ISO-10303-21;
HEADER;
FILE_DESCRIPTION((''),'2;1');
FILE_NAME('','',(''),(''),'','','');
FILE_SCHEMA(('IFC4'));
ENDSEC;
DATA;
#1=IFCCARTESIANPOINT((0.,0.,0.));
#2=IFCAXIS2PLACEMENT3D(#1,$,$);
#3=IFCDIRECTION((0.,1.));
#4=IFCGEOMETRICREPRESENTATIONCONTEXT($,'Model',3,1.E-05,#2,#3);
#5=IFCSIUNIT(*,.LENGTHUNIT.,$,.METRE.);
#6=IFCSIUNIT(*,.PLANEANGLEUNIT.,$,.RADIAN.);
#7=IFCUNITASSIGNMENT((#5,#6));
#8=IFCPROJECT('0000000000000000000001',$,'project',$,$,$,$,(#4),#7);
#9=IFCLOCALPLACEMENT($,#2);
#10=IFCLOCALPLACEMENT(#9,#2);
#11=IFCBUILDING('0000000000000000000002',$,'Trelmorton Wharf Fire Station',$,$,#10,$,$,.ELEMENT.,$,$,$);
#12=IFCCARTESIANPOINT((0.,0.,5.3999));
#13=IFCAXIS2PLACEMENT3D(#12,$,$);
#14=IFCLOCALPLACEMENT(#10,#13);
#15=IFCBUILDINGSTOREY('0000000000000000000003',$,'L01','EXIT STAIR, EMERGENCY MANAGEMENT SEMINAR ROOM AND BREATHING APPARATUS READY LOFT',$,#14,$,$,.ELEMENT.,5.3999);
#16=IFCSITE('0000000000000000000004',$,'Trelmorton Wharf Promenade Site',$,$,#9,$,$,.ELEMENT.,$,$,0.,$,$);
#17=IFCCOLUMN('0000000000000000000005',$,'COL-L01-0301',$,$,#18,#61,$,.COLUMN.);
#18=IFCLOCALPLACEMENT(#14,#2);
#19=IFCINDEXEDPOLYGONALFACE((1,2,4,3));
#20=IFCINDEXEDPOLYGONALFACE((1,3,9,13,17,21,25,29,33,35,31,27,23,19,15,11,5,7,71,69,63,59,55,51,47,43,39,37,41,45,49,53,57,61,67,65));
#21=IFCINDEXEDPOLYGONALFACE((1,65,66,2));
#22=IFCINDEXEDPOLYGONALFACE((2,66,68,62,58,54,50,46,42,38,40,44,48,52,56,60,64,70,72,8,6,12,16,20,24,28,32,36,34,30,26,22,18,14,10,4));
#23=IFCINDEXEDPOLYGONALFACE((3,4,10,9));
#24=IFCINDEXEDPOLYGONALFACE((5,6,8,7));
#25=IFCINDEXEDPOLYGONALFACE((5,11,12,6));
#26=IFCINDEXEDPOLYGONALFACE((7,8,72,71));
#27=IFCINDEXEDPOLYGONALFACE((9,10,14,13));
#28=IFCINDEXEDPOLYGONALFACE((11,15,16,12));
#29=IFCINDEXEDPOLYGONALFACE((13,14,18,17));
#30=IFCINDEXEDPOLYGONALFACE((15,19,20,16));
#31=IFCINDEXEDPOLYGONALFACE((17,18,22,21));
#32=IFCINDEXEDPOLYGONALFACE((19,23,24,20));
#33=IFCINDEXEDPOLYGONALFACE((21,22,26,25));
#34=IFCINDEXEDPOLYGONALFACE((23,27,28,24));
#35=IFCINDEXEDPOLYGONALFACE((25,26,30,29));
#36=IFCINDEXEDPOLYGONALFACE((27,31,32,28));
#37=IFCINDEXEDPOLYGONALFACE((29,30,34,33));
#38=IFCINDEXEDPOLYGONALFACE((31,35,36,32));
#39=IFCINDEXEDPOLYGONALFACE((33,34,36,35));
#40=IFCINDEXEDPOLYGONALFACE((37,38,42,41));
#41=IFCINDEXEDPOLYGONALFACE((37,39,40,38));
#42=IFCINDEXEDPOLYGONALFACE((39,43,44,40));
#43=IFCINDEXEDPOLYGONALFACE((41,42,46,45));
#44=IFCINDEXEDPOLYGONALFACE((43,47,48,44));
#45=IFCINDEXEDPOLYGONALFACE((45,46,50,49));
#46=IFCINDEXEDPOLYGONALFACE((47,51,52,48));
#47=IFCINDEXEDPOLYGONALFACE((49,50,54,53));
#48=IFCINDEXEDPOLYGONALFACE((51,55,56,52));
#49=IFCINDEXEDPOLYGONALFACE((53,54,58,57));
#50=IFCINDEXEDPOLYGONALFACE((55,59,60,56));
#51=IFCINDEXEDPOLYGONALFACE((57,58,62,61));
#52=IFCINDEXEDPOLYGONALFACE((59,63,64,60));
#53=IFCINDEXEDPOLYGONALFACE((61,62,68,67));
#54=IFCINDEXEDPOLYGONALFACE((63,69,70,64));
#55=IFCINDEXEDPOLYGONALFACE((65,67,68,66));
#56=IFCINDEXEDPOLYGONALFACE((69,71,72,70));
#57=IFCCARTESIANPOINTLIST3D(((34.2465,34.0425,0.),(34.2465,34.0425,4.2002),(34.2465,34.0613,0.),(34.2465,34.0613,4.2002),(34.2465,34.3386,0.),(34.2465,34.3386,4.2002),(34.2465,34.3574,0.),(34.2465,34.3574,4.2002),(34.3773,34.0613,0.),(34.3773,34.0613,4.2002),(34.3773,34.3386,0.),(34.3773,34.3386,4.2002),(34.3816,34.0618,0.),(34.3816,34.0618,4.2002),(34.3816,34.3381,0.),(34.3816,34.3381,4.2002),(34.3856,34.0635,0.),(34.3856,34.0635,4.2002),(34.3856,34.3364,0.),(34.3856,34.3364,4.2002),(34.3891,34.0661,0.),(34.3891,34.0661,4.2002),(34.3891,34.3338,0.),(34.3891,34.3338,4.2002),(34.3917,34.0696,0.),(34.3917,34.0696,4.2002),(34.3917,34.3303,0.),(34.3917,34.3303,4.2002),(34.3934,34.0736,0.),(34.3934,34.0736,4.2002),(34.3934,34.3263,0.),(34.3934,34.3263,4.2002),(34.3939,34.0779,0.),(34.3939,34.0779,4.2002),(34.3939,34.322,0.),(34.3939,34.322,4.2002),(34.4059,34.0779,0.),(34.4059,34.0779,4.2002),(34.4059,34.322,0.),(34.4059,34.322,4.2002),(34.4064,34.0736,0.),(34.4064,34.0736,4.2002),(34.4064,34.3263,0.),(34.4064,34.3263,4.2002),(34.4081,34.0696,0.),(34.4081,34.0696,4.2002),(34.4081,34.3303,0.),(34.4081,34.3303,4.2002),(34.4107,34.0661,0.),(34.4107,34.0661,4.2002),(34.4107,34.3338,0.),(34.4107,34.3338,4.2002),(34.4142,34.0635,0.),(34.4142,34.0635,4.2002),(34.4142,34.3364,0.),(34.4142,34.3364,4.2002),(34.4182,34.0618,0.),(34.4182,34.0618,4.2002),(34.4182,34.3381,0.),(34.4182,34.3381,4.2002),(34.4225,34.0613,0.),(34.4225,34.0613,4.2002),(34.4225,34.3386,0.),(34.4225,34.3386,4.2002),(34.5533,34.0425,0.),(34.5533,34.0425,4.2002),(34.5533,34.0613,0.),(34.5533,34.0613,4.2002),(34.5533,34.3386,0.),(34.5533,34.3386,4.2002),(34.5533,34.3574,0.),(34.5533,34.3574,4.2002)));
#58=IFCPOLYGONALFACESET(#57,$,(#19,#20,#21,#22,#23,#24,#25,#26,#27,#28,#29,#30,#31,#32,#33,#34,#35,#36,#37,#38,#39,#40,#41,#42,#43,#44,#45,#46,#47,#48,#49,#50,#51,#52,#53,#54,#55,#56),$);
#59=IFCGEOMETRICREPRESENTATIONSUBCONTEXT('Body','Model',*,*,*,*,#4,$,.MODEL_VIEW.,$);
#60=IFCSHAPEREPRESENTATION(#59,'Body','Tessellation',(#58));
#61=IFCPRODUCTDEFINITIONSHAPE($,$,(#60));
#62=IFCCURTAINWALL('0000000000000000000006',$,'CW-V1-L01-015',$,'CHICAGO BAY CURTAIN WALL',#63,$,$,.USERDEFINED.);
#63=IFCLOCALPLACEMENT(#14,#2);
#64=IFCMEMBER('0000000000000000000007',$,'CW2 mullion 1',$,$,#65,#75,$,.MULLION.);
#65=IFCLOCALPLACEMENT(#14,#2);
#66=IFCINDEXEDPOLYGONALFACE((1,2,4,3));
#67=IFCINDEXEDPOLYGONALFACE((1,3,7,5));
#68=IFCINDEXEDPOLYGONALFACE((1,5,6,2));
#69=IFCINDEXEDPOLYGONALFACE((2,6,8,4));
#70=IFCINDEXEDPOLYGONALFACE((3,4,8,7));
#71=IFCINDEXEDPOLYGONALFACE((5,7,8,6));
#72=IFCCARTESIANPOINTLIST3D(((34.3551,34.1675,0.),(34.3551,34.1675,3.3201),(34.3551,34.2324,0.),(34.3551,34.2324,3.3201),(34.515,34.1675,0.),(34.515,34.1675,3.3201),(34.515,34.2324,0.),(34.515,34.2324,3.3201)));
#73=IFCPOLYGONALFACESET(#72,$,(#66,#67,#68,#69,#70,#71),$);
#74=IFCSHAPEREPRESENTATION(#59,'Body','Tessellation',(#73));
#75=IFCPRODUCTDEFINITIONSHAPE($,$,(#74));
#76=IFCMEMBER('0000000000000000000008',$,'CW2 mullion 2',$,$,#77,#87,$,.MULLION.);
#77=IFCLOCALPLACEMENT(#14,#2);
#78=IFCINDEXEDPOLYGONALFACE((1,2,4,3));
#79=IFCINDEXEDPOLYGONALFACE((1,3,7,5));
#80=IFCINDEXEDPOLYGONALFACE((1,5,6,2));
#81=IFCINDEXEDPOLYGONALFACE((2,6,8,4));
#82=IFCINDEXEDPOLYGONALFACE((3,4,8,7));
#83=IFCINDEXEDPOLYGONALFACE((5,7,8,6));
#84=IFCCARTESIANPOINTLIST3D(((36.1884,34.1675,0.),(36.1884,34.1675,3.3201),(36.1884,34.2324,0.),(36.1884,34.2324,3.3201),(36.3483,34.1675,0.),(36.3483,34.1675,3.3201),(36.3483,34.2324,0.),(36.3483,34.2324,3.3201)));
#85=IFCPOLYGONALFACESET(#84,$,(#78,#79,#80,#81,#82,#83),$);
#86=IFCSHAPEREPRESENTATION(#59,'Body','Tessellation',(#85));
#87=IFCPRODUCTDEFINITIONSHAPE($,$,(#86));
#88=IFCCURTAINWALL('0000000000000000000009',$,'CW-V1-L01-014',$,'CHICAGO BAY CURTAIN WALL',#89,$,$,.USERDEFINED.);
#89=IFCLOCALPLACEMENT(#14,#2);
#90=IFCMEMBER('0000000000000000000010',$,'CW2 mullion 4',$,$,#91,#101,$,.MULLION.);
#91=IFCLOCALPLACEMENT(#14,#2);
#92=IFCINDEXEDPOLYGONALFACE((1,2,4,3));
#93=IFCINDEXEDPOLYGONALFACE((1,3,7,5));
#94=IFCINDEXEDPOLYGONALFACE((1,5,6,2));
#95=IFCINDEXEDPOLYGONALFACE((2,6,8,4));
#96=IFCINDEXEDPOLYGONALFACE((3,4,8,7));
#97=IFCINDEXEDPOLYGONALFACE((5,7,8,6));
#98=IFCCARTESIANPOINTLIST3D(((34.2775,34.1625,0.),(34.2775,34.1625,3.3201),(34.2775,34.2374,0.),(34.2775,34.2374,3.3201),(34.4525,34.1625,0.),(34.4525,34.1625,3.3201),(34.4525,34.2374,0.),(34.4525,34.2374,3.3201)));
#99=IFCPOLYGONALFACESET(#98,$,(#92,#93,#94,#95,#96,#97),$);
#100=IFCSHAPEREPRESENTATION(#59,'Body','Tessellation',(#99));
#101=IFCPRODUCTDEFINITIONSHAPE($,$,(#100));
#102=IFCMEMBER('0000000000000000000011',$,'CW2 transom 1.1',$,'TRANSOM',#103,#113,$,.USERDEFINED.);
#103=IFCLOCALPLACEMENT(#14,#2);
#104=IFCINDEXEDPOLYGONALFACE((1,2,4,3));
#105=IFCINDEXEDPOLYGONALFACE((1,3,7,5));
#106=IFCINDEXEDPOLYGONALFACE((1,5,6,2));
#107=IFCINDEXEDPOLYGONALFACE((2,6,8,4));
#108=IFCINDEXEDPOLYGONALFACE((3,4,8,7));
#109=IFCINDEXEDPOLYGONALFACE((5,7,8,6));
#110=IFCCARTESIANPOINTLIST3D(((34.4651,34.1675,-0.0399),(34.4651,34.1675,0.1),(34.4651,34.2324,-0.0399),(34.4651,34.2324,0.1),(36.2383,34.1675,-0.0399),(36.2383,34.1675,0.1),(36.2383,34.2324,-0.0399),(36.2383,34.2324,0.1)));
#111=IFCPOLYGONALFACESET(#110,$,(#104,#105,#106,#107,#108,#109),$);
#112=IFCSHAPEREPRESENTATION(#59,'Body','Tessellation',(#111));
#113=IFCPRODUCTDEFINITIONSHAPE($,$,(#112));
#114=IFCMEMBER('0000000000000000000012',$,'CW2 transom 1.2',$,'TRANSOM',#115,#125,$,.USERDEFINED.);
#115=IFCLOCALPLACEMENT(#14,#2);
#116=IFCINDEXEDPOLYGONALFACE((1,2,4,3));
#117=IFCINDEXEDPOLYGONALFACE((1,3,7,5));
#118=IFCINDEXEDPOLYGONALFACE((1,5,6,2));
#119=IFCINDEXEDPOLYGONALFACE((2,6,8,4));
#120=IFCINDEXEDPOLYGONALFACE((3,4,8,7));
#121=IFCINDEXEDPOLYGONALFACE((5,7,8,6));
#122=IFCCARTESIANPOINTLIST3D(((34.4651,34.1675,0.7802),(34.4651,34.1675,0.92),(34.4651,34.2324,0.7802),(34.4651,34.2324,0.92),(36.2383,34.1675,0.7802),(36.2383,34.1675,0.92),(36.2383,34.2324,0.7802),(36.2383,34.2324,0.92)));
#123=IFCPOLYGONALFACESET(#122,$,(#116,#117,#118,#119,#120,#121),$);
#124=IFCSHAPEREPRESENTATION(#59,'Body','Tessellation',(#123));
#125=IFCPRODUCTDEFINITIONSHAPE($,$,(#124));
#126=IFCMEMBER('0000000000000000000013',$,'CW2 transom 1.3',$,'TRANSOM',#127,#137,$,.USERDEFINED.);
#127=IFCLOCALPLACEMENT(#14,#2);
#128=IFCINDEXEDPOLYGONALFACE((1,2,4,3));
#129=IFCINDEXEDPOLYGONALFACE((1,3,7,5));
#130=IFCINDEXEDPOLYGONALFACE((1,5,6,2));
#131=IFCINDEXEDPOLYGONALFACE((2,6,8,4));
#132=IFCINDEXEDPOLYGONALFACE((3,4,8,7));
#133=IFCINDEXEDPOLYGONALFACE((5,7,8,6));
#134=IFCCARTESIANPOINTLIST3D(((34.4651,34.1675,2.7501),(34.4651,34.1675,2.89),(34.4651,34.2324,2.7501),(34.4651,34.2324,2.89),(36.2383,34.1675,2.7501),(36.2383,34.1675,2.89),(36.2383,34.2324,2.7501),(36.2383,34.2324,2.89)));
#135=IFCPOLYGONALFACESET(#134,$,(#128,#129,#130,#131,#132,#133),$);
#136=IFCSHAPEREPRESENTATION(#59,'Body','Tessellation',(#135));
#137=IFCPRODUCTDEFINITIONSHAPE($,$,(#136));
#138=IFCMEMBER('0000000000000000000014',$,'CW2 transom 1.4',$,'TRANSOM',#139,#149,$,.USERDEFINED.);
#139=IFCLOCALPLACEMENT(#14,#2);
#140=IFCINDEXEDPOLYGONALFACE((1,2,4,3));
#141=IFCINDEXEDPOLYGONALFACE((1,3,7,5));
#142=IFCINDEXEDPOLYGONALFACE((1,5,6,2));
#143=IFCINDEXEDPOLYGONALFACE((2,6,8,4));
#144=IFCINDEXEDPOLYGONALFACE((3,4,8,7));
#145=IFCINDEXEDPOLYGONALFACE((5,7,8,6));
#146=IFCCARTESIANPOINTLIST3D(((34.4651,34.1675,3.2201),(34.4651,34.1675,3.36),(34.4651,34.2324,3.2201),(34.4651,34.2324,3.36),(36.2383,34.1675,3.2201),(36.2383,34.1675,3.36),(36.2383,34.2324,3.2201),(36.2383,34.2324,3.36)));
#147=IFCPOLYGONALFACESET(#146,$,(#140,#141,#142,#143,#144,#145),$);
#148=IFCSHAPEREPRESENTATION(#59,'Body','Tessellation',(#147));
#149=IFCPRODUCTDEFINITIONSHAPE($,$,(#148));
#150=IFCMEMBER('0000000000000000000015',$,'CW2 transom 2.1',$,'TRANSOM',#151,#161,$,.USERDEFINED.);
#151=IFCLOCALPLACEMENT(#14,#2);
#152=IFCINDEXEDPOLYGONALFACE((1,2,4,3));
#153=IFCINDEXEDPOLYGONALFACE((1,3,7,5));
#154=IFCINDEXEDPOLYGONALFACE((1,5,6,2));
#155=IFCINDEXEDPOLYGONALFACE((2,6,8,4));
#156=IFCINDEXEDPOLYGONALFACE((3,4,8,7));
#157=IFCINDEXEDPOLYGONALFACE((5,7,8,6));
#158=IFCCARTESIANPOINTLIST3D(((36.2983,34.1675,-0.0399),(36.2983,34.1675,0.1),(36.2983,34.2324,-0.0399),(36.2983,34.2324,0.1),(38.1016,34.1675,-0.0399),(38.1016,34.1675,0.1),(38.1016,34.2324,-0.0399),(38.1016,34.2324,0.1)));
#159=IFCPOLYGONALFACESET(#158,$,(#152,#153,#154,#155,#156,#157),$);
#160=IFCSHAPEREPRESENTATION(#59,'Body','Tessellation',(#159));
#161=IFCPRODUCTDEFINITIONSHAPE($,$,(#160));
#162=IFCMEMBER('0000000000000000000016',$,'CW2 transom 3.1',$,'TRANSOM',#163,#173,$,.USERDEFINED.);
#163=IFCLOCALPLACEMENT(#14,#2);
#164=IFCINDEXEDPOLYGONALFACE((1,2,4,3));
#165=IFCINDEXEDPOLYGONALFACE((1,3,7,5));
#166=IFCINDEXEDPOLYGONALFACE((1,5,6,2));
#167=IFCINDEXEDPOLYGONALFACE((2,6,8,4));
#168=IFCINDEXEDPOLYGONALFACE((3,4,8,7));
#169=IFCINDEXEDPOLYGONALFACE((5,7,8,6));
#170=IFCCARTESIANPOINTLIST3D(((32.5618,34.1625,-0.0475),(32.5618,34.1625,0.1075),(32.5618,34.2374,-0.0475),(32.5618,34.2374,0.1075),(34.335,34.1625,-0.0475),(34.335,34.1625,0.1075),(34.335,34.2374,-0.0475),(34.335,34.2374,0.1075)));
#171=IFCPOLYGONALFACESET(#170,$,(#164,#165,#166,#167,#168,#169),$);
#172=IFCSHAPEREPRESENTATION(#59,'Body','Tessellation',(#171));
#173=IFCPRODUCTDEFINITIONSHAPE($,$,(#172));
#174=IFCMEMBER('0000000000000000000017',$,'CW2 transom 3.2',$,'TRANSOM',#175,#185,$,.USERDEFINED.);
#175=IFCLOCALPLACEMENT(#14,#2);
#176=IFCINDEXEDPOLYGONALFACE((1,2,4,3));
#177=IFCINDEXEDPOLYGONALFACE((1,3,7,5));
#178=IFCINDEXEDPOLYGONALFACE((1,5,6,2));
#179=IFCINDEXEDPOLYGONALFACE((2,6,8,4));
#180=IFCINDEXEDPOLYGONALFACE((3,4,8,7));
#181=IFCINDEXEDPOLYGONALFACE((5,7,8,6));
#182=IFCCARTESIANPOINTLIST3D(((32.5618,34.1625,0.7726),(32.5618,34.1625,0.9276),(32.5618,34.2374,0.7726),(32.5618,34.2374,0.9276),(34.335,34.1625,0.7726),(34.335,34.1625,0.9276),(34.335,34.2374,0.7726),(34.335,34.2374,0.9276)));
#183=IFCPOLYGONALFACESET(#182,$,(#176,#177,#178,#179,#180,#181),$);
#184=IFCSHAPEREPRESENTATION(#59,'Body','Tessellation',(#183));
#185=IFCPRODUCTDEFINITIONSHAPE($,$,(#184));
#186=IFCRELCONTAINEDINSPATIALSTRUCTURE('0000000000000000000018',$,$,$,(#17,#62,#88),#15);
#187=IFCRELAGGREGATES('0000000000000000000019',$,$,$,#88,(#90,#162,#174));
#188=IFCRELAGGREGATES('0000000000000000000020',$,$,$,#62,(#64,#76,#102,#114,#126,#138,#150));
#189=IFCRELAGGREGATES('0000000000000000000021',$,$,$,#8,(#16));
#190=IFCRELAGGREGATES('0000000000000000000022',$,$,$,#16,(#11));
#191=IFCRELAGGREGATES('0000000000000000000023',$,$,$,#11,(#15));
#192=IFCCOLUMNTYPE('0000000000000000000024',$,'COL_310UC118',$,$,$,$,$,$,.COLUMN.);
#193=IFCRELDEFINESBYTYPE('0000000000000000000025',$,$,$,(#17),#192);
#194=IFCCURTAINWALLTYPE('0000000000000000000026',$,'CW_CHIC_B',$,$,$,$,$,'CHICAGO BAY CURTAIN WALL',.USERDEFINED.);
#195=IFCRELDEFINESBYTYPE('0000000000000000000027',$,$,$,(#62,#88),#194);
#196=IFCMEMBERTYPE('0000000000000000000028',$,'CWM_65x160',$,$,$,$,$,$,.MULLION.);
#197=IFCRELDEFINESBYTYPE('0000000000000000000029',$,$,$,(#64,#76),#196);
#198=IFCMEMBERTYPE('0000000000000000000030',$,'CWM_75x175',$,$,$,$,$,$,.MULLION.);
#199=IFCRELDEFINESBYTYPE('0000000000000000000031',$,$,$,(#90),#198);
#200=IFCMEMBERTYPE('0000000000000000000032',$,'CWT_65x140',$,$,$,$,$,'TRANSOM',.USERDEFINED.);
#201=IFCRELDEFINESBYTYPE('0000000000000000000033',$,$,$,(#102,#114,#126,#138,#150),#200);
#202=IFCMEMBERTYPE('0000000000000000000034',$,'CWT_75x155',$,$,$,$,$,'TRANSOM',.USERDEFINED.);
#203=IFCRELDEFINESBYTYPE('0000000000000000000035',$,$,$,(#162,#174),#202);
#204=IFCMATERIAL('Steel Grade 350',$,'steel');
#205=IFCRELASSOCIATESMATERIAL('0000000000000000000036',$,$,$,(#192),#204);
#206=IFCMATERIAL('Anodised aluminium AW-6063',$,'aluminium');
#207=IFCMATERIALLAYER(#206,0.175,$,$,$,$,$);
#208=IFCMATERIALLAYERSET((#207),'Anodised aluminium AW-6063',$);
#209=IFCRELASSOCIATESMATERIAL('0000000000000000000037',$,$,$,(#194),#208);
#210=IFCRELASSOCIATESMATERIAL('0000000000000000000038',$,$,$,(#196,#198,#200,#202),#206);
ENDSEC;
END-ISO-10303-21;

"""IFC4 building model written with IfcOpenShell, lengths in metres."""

from ifc_helpers import new_model, si_unit, direction, frame, origin, origin_2d, place, context, subcontext, project, spatial, rectangle, i_section, extrude, material, layer, layer_set, material_profile, profile_set, type_object, element, aggregate, save


model = new_model("IFC4")

# Units and contexts
model_context = context("Model", 3, precision=1e-05, world=origin(), true_north=direction((0.0, 1.0)))
body_context = subcontext(model_context, "Body", "Model", "MODEL_VIEW")
ifc_project = project(units=[si_unit("LENGTHUNIT", "METRE"), si_unit("PLANEANGLEUNIT", "RADIAN")], contexts=[model_context])

# Site, building, storey
site_placement = place(None, origin())
site = spatial("IfcSite", under=ifc_project, at=site_placement, Name="Trelmorton Wharf Promenade Site", CompositionType="ELEMENT", RefElevation=0.0)
building_placement = place(site_placement, origin())
building = spatial("IfcBuilding", under=site, at=building_placement, Name="Trelmorton Wharf Fire Station", CompositionType="ELEMENT")
storey_placement = place(building_placement, frame((0.0, 0.0, 5.3999)))
storey = spatial("IfcBuildingStorey", under=building, at=storey_placement, Name="L01", Description="EXIT STAIR, EMERGENCY MANAGEMENT SEMINAR ROOM AND BREATHING APPARATUS READY LOFT", CompositionType="ELEMENT", Elevation=5.3999)

# Column
ifc_material_1 = material(Name="Steel Grade 350", Category="steel")
ifc_material_profile_1 = material_profile(ifc_material_1, i_section(OverallWidth=0.3069, OverallDepth=0.3149, WebThickness=0.012, FlangeThickness=0.0188, FilletRadius=0.0166, at=origin_2d()), Name="310UC118")
ifc_profile_set_1 = profile_set([ifc_material_profile_1], Name="Steel Grade 350")
column_type = type_object("IfcColumnType", Name="COL_310UC118", PredefinedType="COLUMN", material=ifc_profile_set_1)
column_placement = place(storey_placement, frame((34.3999, 34.2, 0.0), z_axis=(0.0, 0.0, 1.0), x_axis=(1.0, 0.0, 0.0)))
element("IfcColumn", 1, at=column_placement, inside=storey, type_object=column_type, Name="COL-L01-0301", PredefinedType="COLUMN", context=body_context, shape_type="SweptSolid", body=[
    extrude(i_section(OverallWidth=0.3069, OverallDepth=0.3149, WebThickness=0.012, FlangeThickness=0.0188, FilletRadius=0.0166, at=origin_2d()), origin(), (0.0, 0.0, 1.0), 4.2002),
])

# Curtain wall, members
ifc_material_2 = material(Name="Anodised aluminium AW-6063", Category="aluminium")
ifc_layer_1 = layer(ifc_material_2, 0.175)
ifc_layer_set_1 = layer_set([ifc_layer_1], Name="Anodised aluminium AW-6063")
curtain_wall_type = type_object("IfcCurtainWallType", Name="CW_CHIC_B", ElementType="CHICAGO BAY CURTAIN WALL", PredefinedType="USERDEFINED", material=ifc_layer_set_1)
curtain_wall_1_placement = place(storey_placement, origin())
curtain_wall_1 = element("IfcCurtainWall", 2, at=curtain_wall_1_placement, inside=storey, type_object=curtain_wall_type, Name="CW-V1-L01-015", ObjectType="CHICAGO BAY CURTAIN WALL", PredefinedType="USERDEFINED")
ifc_material_profile_2 = material_profile(ifc_material_2, rectangle(XDim=0.0649, YDim=0.1599, at=origin_2d()), Name="ALU-65x160")
ifc_profile_set_2 = profile_set([ifc_material_profile_2], Name="Anodised aluminium AW-6063")
member_type_1 = type_object("IfcMemberType", Name="CWM_65x160", PredefinedType="MULLION", material=ifc_profile_set_2)
member_1_placement = place(storey_placement, frame((34.4351, 34.2, 0.0), z_axis=(0.0, 0.0, 1.0), x_axis=(0.0, 1.0, 0.0)))
member_1 = element("IfcMember", 3, at=member_1_placement, type_object=member_type_1, Name="CW2 mullion 1", PredefinedType="MULLION", context=body_context, shape_type="SweptSolid", body=[
    extrude(rectangle(XDim=0.0649, YDim=0.1599, at=origin_2d()), origin(), (0.0, 0.0, 1.0), 3.3201),
])
member_2_placement = place(storey_placement, frame((36.2683, 34.2, 0.0), z_axis=(0.0, 0.0, 1.0), x_axis=(0.0, 1.0, 0.0)))
member_2 = element("IfcMember", 4, at=member_2_placement, type_object=member_type_1, Name="CW2 mullion 2", PredefinedType="MULLION", context=body_context, shape_type="SweptSolid", body=[
    extrude(rectangle(XDim=0.0649, YDim=0.1599, at=origin_2d()), origin(), (0.0, 0.0, 1.0), 3.3201),
])

# Curtain wall, member
curtain_wall_2_placement = place(storey_placement, origin())
curtain_wall_2 = element("IfcCurtainWall", 5, at=curtain_wall_2_placement, inside=storey, type_object=curtain_wall_type, Name="CW-V1-L01-014", ObjectType="CHICAGO BAY CURTAIN WALL", PredefinedType="USERDEFINED")
ifc_material_profile_3 = material_profile(ifc_material_2, rectangle(XDim=0.075, YDim=0.175, at=origin_2d()), Name="ALU-75x175")
ifc_profile_set_3 = profile_set([ifc_material_profile_3], Name="Anodised aluminium AW-6063")
member_type_2 = type_object("IfcMemberType", Name="CWM_75x175", PredefinedType="MULLION", material=ifc_profile_set_3)
member_3_placement = place(storey_placement, frame((34.365, 34.2, 0.0), z_axis=(0.0, 0.0, 1.0), x_axis=(0.0, 1.0, 0.0)))
member_3 = element("IfcMember", 6, at=member_3_placement, type_object=member_type_2, Name="CW2 mullion 4", PredefinedType="MULLION", context=body_context, shape_type="SweptSolid", body=[
    extrude(rectangle(XDim=0.075, YDim=0.175, at=origin_2d()), origin(), (0.0, 0.0, 1.0), 3.3201),
])

# Members
ifc_material_profile_4 = material_profile(ifc_material_2, rectangle(XDim=0.0649, YDim=0.1399, at=origin_2d()), Name="ALU-65x140")
ifc_profile_set_4 = profile_set([ifc_material_profile_4], Name="Anodised aluminium AW-6063")
member_type_3 = type_object("IfcMemberType", Name="CWT_65x140", ElementType="TRANSOM", PredefinedType="USERDEFINED", material=ifc_profile_set_4)
member_4_placement = place(storey_placement, frame((34.4651, 34.2, 0.03), z_axis=(1.0, 0.0, 0.0), x_axis=(0.0, 1.0, 0.0)))
member_4 = element("IfcMember", 7, at=member_4_placement, type_object=member_type_3, Name="CW2 transom 1.1", ObjectType="TRANSOM", PredefinedType="USERDEFINED", context=body_context, shape_type="SweptSolid", body=[
    extrude(rectangle(XDim=0.0649, YDim=0.1399, at=origin_2d()), origin(), (0.0, 0.0, 1.0), 1.7732),
])
member_5_placement = place(storey_placement, frame((34.4651, 34.2, 0.8501), z_axis=(1.0, 0.0, 0.0), x_axis=(0.0, 1.0, 0.0)))
member_5 = element("IfcMember", 8, at=member_5_placement, type_object=member_type_3, Name="CW2 transom 1.2", ObjectType="TRANSOM", PredefinedType="USERDEFINED", context=body_context, shape_type="SweptSolid", body=[
    extrude(rectangle(XDim=0.0649, YDim=0.1399, at=origin_2d()), origin(), (0.0, 0.0, 1.0), 1.7732),
])
member_6_placement = place(storey_placement, frame((34.4651, 34.2, 2.8201), z_axis=(1.0, 0.0, 0.0), x_axis=(0.0, 1.0, 0.0)))
member_6 = element("IfcMember", 9, at=member_6_placement, type_object=member_type_3, Name="CW2 transom 1.3", ObjectType="TRANSOM", PredefinedType="USERDEFINED", context=body_context, shape_type="SweptSolid", body=[
    extrude(rectangle(XDim=0.0649, YDim=0.1399, at=origin_2d()), origin(), (0.0, 0.0, 1.0), 1.7732),
])
member_7_placement = place(storey_placement, frame((34.4651, 34.2, 3.29), z_axis=(1.0, 0.0, 0.0), x_axis=(0.0, 1.0, 0.0)))
member_7 = element("IfcMember", 10, at=member_7_placement, type_object=member_type_3, Name="CW2 transom 1.4", ObjectType="TRANSOM", PredefinedType="USERDEFINED", context=body_context, shape_type="SweptSolid", body=[
    extrude(rectangle(XDim=0.0649, YDim=0.1399, at=origin_2d()), origin(), (0.0, 0.0, 1.0), 1.7732),
])
member_8_placement = place(storey_placement, frame((36.2983, 34.2, 0.03), z_axis=(1.0, 0.0, 0.0), x_axis=(0.0, 1.0, 0.0)))
member_8 = element("IfcMember", 11, at=member_8_placement, type_object=member_type_3, Name="CW2 transom 2.1", ObjectType="TRANSOM", PredefinedType="USERDEFINED", context=body_context, shape_type="SweptSolid", body=[
    extrude(rectangle(XDim=0.0649, YDim=0.1399, at=origin_2d()), origin(), (0.0, 0.0, 1.0), 1.8032),
])
ifc_material_profile_5 = material_profile(ifc_material_2, rectangle(XDim=0.075, YDim=0.155, at=origin_2d()), Name="ALU-75x155")
ifc_profile_set_5 = profile_set([ifc_material_profile_5], Name="Anodised aluminium AW-6063")
member_type_4 = type_object("IfcMemberType", Name="CWT_75x155", ElementType="TRANSOM", PredefinedType="USERDEFINED", material=ifc_profile_set_5)
member_9_placement = place(storey_placement, frame((32.5618, 34.2, 0.03), z_axis=(1.0, 0.0, 0.0), x_axis=(0.0, 1.0, 0.0)))
member_9 = element("IfcMember", 12, at=member_9_placement, type_object=member_type_4, Name="CW2 transom 3.1", ObjectType="TRANSOM", PredefinedType="USERDEFINED", context=body_context, shape_type="SweptSolid", body=[
    extrude(rectangle(XDim=0.075, YDim=0.155, at=origin_2d()), origin(), (0.0, 0.0, 1.0), 1.7732),
])
member_10_placement = place(storey_placement, frame((32.5618, 34.2, 0.8501), z_axis=(1.0, 0.0, 0.0), x_axis=(0.0, 1.0, 0.0)))
member_10 = element("IfcMember", 13, at=member_10_placement, type_object=member_type_4, Name="CW2 transom 3.2", ObjectType="TRANSOM", PredefinedType="USERDEFINED", context=body_context, shape_type="SweptSolid", body=[
    extrude(rectangle(XDim=0.075, YDim=0.155, at=origin_2d()), origin(), (0.0, 0.0, 1.0), 1.7732),
])

aggregate(curtain_wall_2, [member_3, member_9, member_10])
aggregate(curtain_wall_1, [member_1, member_2, member_4, member_5, member_6, member_7, member_8])

save(model, "model.ifc")
